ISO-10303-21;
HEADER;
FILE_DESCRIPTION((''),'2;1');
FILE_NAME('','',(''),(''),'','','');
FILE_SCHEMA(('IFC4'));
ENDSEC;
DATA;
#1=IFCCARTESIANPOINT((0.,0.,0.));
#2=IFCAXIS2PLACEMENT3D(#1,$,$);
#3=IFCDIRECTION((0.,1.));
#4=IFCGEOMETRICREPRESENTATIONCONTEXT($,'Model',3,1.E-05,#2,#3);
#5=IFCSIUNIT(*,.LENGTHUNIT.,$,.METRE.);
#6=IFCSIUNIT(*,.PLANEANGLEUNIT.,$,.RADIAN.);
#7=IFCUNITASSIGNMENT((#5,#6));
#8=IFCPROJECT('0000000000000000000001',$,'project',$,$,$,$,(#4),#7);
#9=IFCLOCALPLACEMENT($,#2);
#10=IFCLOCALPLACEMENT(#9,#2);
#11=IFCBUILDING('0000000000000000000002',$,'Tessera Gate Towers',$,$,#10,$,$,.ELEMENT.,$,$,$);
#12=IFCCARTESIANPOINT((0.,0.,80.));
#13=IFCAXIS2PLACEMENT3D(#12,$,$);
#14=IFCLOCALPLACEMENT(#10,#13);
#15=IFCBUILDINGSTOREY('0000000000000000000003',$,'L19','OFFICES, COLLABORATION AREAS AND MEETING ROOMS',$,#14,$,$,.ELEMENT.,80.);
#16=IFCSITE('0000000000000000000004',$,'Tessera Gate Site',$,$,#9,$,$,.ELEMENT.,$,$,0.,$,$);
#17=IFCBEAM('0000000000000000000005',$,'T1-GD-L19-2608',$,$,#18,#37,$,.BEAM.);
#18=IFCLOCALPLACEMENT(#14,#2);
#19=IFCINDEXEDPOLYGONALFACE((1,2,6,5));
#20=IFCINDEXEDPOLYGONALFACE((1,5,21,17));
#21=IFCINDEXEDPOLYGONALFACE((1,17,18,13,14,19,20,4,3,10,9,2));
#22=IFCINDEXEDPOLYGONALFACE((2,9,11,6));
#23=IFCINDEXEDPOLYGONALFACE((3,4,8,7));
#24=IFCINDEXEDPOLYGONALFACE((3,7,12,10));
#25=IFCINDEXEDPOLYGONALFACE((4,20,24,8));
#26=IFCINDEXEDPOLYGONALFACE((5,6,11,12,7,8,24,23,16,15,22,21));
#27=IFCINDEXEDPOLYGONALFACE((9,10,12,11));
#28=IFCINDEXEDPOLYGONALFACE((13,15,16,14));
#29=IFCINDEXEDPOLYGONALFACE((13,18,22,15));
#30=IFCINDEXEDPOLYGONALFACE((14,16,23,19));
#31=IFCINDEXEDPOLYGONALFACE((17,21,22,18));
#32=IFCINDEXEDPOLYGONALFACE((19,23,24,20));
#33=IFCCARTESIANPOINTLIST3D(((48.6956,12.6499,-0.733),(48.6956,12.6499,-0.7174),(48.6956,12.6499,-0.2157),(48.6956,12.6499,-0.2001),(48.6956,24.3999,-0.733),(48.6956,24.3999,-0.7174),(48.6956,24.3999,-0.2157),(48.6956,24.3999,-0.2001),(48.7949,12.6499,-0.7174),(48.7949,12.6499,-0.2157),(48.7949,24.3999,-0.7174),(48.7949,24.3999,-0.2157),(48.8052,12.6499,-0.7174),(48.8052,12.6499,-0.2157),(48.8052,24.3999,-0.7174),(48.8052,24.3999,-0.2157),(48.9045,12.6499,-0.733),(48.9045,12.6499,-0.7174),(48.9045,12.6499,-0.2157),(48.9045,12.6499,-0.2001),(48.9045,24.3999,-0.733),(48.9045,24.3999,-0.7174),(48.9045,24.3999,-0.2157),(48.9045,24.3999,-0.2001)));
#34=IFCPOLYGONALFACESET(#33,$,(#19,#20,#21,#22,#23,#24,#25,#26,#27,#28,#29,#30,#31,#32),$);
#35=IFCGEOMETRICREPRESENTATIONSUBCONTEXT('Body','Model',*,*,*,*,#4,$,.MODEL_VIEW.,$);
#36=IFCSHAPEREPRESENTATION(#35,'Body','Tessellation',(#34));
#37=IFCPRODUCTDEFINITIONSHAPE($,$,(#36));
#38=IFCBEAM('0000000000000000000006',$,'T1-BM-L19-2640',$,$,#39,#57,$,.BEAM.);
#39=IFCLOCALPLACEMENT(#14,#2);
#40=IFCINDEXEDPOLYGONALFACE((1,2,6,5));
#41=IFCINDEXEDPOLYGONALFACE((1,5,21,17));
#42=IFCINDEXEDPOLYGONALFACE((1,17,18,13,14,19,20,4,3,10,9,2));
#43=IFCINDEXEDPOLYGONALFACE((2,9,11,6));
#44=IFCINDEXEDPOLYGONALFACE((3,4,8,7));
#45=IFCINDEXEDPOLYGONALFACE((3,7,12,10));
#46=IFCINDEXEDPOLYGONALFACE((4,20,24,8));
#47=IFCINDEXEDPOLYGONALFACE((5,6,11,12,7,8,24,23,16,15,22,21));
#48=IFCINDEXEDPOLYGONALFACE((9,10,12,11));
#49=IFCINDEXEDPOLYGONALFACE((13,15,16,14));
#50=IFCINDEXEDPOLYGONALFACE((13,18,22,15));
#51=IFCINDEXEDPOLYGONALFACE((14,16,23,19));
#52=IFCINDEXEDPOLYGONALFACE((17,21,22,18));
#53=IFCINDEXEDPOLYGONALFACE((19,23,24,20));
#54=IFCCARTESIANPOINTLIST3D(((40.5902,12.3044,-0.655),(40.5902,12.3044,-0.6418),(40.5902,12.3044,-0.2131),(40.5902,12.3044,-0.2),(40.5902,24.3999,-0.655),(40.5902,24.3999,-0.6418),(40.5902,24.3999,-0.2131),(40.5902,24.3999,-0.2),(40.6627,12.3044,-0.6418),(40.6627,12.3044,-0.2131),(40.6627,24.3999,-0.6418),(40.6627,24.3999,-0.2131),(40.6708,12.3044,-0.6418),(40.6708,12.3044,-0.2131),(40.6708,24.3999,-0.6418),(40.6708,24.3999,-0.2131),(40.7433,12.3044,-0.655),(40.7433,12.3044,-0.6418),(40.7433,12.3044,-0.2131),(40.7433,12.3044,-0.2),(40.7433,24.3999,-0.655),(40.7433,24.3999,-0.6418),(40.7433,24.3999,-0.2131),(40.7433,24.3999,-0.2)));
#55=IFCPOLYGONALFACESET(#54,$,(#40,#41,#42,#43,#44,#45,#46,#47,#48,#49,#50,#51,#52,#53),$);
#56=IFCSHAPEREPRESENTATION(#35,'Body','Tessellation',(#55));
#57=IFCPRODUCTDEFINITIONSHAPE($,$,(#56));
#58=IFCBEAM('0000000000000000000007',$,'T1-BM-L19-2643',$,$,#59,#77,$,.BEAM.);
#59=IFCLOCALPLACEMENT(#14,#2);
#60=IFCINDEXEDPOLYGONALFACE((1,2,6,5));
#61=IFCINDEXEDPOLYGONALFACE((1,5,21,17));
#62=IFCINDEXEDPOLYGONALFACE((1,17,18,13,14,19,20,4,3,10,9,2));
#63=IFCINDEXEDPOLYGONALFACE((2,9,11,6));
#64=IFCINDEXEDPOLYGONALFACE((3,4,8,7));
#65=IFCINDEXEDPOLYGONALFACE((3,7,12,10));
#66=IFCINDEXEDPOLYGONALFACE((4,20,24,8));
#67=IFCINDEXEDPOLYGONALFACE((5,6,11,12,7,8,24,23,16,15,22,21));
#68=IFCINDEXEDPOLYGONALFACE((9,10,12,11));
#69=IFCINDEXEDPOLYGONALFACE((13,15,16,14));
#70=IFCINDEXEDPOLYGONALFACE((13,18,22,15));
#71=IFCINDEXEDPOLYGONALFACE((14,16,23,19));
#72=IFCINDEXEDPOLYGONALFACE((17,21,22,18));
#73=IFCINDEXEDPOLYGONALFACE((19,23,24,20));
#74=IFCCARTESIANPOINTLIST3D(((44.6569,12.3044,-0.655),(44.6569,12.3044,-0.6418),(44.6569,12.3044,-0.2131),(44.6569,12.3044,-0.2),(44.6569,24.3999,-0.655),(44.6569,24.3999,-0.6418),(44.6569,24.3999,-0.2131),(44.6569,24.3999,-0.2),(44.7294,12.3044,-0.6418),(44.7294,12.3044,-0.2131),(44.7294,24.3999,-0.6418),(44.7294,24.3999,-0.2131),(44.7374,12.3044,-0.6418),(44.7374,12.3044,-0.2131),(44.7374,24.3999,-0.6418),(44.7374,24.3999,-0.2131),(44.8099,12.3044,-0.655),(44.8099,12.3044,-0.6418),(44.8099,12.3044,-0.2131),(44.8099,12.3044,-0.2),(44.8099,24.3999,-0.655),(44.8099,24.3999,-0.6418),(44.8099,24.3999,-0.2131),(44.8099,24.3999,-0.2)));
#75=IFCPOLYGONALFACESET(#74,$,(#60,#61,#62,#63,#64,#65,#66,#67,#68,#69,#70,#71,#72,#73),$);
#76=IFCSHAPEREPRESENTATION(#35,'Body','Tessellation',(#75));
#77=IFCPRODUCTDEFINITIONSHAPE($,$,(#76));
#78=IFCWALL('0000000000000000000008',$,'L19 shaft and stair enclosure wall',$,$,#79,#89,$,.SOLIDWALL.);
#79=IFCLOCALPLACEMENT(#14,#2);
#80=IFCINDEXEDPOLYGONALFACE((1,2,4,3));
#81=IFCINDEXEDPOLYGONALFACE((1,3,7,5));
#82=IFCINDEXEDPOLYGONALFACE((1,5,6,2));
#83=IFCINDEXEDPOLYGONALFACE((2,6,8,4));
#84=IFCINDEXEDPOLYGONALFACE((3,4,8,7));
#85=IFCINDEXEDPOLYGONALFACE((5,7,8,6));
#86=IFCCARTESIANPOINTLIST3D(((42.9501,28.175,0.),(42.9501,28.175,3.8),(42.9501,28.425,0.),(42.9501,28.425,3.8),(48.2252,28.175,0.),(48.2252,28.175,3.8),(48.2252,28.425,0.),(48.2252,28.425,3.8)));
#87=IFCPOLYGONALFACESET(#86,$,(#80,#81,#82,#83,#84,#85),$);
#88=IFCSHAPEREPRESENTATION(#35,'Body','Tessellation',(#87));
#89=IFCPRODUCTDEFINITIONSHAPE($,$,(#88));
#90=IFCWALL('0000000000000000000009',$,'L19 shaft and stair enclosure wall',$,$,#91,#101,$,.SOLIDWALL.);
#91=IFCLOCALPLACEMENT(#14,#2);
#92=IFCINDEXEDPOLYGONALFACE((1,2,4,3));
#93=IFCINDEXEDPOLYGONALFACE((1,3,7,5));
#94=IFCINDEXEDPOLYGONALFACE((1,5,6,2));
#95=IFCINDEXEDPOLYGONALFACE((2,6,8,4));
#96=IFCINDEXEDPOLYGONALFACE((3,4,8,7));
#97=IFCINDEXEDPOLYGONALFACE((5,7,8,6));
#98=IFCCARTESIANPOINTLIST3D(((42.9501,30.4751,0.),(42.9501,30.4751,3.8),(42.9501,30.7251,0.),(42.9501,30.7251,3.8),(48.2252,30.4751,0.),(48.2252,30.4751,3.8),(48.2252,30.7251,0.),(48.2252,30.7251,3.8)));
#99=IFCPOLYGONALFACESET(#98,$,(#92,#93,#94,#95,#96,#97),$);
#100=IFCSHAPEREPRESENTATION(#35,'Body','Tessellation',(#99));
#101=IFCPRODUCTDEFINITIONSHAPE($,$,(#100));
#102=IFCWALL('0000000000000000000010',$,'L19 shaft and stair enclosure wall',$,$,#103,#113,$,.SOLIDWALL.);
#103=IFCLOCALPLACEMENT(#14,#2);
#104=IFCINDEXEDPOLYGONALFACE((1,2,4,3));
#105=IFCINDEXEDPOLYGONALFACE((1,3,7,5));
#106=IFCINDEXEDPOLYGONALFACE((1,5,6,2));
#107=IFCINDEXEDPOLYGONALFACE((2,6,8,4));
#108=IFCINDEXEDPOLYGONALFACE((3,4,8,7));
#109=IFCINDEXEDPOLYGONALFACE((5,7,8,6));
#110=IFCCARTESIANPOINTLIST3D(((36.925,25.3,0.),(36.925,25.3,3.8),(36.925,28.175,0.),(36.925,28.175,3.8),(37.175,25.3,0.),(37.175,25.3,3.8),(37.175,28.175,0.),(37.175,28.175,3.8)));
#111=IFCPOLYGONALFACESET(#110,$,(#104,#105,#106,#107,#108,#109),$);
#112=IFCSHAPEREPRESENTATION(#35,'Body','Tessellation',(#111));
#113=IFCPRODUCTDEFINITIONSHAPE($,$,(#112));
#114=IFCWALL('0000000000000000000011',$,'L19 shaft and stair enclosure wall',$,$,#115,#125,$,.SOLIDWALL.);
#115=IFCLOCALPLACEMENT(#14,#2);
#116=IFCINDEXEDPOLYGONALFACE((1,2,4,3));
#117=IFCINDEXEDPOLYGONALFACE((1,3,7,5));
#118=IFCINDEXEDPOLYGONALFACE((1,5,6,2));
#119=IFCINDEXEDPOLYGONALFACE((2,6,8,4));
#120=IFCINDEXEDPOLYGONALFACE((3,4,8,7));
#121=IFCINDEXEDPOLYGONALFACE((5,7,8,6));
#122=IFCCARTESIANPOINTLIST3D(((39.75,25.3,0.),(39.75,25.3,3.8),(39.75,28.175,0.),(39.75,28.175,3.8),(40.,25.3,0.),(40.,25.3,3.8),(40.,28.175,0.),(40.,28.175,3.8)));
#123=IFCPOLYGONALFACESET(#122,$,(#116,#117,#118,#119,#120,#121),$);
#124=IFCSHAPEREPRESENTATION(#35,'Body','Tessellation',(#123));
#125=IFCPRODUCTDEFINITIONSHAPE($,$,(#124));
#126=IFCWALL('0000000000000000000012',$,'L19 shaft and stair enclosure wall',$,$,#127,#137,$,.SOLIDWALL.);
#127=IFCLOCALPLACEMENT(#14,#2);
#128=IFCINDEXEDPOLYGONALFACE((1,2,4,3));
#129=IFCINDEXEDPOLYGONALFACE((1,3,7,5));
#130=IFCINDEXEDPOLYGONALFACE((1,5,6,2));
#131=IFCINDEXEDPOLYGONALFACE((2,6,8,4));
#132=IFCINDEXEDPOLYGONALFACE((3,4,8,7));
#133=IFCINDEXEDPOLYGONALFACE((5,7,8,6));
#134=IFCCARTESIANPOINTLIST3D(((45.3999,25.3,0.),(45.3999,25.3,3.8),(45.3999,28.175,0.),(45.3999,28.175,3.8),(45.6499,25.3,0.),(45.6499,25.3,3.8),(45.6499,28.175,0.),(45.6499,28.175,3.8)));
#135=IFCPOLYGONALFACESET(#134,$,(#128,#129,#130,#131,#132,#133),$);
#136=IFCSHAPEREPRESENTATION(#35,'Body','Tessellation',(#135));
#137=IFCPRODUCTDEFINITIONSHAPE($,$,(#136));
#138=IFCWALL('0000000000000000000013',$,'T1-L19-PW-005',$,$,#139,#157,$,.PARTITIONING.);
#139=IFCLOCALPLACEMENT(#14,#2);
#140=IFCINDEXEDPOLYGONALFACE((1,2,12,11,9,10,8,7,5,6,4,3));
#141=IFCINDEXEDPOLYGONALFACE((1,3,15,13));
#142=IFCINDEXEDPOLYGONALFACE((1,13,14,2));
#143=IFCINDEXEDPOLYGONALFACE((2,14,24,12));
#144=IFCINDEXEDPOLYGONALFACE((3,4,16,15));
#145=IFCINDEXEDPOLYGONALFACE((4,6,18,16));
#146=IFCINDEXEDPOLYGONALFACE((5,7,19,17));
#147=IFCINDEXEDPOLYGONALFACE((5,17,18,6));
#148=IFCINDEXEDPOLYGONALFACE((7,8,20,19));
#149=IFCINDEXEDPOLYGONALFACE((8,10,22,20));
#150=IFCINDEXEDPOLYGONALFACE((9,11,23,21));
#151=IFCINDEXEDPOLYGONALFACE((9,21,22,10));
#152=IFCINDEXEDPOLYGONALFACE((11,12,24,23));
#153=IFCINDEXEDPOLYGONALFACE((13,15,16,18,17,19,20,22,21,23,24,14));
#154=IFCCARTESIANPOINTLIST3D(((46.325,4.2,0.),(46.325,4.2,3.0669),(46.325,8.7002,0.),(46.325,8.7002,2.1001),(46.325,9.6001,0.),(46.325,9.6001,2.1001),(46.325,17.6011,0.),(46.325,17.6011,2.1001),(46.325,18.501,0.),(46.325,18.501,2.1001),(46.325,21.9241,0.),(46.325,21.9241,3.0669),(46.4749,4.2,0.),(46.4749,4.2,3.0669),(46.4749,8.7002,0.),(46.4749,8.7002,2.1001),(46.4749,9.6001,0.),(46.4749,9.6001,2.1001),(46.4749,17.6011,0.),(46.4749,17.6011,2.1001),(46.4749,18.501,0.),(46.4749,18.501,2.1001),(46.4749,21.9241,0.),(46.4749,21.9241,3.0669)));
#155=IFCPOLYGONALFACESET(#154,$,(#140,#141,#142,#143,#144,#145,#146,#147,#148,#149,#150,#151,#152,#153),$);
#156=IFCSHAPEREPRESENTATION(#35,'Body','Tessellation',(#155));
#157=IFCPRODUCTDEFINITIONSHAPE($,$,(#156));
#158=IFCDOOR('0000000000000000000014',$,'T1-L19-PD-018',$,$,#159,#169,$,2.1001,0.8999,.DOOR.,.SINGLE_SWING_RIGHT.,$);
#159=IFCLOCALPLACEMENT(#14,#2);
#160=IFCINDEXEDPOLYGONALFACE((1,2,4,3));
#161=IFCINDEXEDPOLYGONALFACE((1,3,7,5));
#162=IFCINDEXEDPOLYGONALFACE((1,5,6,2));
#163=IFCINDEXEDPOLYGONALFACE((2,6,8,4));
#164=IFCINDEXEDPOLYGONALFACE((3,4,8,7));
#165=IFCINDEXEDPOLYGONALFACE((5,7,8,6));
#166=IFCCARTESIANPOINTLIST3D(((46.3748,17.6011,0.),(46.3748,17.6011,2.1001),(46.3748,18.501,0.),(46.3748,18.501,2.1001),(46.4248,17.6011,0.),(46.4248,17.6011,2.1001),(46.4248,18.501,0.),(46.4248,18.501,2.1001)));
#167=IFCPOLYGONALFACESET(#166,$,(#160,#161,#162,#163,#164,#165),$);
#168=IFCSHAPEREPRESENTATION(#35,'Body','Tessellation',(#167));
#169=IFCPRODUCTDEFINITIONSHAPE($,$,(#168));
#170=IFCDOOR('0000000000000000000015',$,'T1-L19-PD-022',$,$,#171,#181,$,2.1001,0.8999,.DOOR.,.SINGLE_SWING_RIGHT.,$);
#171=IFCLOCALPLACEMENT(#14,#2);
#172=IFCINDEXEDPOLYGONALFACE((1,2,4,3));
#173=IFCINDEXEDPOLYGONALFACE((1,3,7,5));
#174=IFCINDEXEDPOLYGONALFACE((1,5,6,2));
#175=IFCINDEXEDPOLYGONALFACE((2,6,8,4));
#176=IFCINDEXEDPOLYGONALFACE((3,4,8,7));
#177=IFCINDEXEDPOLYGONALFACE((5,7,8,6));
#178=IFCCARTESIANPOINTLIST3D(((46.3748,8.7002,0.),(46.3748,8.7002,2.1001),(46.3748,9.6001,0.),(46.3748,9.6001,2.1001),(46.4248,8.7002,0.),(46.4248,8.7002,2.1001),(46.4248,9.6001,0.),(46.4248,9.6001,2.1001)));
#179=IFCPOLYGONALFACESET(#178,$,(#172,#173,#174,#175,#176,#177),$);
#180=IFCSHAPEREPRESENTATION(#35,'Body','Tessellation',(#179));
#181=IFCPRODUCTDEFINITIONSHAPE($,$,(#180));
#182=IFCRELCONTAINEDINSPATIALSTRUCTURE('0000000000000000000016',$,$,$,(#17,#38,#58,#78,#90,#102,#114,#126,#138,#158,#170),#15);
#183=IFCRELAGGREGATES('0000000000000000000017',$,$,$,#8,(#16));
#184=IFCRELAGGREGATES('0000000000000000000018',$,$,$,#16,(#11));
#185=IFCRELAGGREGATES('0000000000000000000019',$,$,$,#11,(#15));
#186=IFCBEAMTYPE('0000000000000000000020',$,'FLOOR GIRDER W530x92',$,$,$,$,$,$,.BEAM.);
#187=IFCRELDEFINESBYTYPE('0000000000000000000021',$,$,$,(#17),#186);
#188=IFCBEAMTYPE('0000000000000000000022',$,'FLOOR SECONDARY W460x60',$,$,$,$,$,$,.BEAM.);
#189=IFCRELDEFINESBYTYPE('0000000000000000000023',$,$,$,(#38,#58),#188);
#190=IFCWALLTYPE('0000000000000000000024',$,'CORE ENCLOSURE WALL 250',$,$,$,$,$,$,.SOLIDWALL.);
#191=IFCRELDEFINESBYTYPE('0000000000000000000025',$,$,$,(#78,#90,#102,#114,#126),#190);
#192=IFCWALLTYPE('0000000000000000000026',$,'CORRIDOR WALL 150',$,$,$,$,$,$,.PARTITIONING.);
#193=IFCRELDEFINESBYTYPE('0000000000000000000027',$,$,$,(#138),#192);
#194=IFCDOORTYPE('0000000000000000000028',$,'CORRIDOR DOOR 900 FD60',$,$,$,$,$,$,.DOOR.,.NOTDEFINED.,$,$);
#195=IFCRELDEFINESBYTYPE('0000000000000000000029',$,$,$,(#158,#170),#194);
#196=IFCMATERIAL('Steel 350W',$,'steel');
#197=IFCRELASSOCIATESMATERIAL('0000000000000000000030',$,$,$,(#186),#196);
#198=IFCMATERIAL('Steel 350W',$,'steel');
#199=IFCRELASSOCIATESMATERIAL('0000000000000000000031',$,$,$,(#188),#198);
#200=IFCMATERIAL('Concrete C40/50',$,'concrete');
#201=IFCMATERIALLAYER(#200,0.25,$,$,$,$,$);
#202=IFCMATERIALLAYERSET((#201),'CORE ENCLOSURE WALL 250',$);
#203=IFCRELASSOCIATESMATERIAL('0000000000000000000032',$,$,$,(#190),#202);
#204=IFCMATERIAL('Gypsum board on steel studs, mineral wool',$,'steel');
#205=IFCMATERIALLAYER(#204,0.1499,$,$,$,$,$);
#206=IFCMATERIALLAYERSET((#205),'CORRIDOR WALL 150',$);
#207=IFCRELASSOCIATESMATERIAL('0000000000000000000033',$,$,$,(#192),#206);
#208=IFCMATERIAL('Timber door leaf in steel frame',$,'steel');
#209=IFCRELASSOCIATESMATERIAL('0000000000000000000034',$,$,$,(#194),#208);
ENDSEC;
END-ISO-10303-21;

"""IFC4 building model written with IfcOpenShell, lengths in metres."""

from ifc_helpers import new_model, si_unit, direction, frame, frame_2d, origin, origin_2d, place, context, subcontext, project, spatial, rectangle, i_section, extrude, source, transform, mapped, material, layer, layer_set, material_profile, profile_set, type_object, element, fill, save


model = new_model("IFC4")

# Units and contexts
model_context = context("Model", 3, precision=1e-05, world=origin(), true_north=direction((0.0, 1.0)))
body_context = subcontext(model_context, "Body", "Model", "MODEL_VIEW")
ifc_project = project(units=[si_unit("LENGTHUNIT", "METRE"), si_unit("PLANEANGLEUNIT", "RADIAN")], contexts=[model_context])

# Site, building, storey
site_placement = place(None, origin())
site = spatial("IfcSite", under=ifc_project, at=site_placement, Name="Tessera Gate Site", CompositionType="ELEMENT", RefElevation=0.0)
building_placement = place(site_placement, origin())
building = spatial("IfcBuilding", under=site, at=building_placement, Name="Tessera Gate Towers", CompositionType="ELEMENT")
storey_placement = place(building_placement, frame((0.0, 0.0, 80.0)))
storey = spatial("IfcBuildingStorey", under=building, at=storey_placement, Name="L19", Description="OFFICES, COLLABORATION AREAS AND MEETING ROOMS", CompositionType="ELEMENT", Elevation=80.0)

# Beams
ifc_material_1 = material(Name="Steel 350W", Category="steel")
ifc_material_profile_1 = material_profile(ifc_material_1, i_section(OverallWidth=0.209, OverallDepth=0.533, WebThickness=0.0103, FlangeThickness=0.0156, at=origin_2d()), Name="W530x92")
ifc_profile_set_1 = profile_set([ifc_material_profile_1], Name="Steel 350W")
beam_type_1 = type_object("IfcBeamType", Name="FLOOR GIRDER W530x92", PredefinedType="BEAM", material=ifc_profile_set_1)
beam_placement = place(storey_placement, frame((48.8, 12.6499, -0.4666), z_axis=(0.0, 1.0, 0.0), x_axis=(-1.0, 0.0, 0.0)))
element("IfcBeam", 1, at=beam_placement, inside=storey, type_object=beam_type_1, Name="T1-GD-L19-2608", PredefinedType="BEAM", context=body_context, shape_type="SweptSolid", body=[
    extrude(i_section(OverallWidth=0.209, OverallDepth=0.533, WebThickness=0.0103, FlangeThickness=0.0156, at=origin_2d()), origin(), (0.0, 0.0, 1.0), 11.75),
])
ifc_material_2 = material(Name="Steel 350W", Category="steel")
ifc_material_profile_2 = material_profile(ifc_material_2, i_section(OverallWidth=0.1531, OverallDepth=0.4551, WebThickness=0.0081, FlangeThickness=0.0132, at=origin_2d()), Name="W460x60")
ifc_profile_set_2 = profile_set([ifc_material_profile_2], Name="Steel 350W")
beam_type_2 = type_object("IfcBeamType", Name="FLOOR SECONDARY W460x60", PredefinedType="BEAM", material=ifc_profile_set_2)
for number, where, z_axis, x_axis, name in (
    (2, (40.6667, 12.3044, -0.4275), (0.0, 1.0, 0.0), (-1.0, 0.0, 0.0), "T1-BM-L19-2640"),
    (3, (44.7334, 12.3044, -0.4275), (0.0, 1.0, 0.0), (-1.0, 0.0, 0.0), "T1-BM-L19-2643"),
):
    element("IfcBeam", number, at=place(storey_placement, frame(where, z_axis=z_axis, x_axis=x_axis)), inside=storey, type_object=beam_type_2, Name=name, PredefinedType="BEAM", context=body_context, shape_type="SweptSolid", body=[
        extrude(i_section(OverallWidth=0.1531, OverallDepth=0.4551, WebThickness=0.0081, FlangeThickness=0.0132, at=origin_2d()), origin(), (0.0, 0.0, 1.0), 12.0955),
    ])

# Walls
ifc_material_3 = material(Name="Concrete C40/50", Category="concrete")
ifc_layer_1 = layer(ifc_material_3, 0.25)
ifc_layer_set_1 = layer_set([ifc_layer_1], Name="CORE ENCLOSURE WALL 250")
wall_type_1 = type_object("IfcWallType", Name="CORE ENCLOSURE WALL 250", PredefinedType="SOLIDWALL", material=ifc_layer_set_1)
for number, where, z_axis, x_axis, name in (
    (4, (42.95, 28.3, 0.0), (0.0, 0.0, 1.0), (1.0, 0.0, 0.0), "L19 shaft and stair enclosure wall"),
    (5, (42.95, 30.6001, 0.0), (0.0, 0.0, 1.0), (1.0, 0.0, 0.0), "L19 shaft and stair enclosure wall"),
):
    element("IfcWall", number, at=place(storey_placement, frame(where, z_axis=z_axis, x_axis=x_axis)), inside=storey, type_object=wall_type_1, Name=name, PredefinedType="SOLIDWALL", context=body_context, shape_type="SweptSolid", body=[
        extrude(rectangle(XDim=5.2751, YDim=0.25, at=frame_2d((2.6377, 0.0))), origin(), (0.0, 0.0, 1.0), 3.8),
    ])
for number, where, z_axis, x_axis, name in (
    (6, (37.05, 25.3, 0.0), (0.0, 0.0, 1.0), (0.0, 1.0, 0.0), "L19 shaft and stair enclosure wall"),
    (7, (39.875, 25.3, 0.0), (0.0, 0.0, 1.0), (0.0, 1.0, 0.0), "L19 shaft and stair enclosure wall"),
    (8, (45.5249, 25.3, 0.0), (0.0, 0.0, 1.0), (0.0, 1.0, 0.0), "L19 shaft and stair enclosure wall"),
):
    element("IfcWall", number, at=place(storey_placement, frame(where, z_axis=z_axis, x_axis=x_axis)), inside=storey, type_object=wall_type_1, Name=name, PredefinedType="SOLIDWALL", context=body_context, shape_type="SweptSolid", body=[
        extrude(rectangle(XDim=2.875, YDim=0.25, at=frame_2d((1.4375, 0.0))), origin(), (0.0, 0.0, 1.0), 3.8),
    ])

# Wall, openings, doors
ifc_material_4 = material(Name="Gypsum board on steel studs, mineral wool", Category="steel")
ifc_layer_2 = layer(ifc_material_4, 0.1499)
ifc_layer_set_2 = layer_set([ifc_layer_2], Name="CORRIDOR WALL 150")
wall_type_2 = type_object("IfcWallType", Name="CORRIDOR WALL 150", PredefinedType="PARTITIONING", material=ifc_layer_set_2)
wall_1_placement = place(storey_placement, frame((46.3999, 21.9241, 0.0), z_axis=(0.0, 0.0, 1.0), x_axis=(0.0, -1.0, 0.0)))
wall_1 = element("IfcWall", 9, at=wall_1_placement, inside=storey, type_object=wall_type_2, Name="T1-L19-PW-005", PredefinedType="PARTITIONING", context=body_context, shape_type="SweptSolid", body=[
    extrude(rectangle(XDim=17.7241, YDim=0.1499, at=frame_2d((8.8621, 0.0))), origin(), (0.0, 0.0, 1.0), 3.0669),
])
shared_shape_1 = source(origin(), body_context, "Body", "SweptSolid", [
    extrude(rectangle(XDim=0.8999, YDim=2.1001, at=frame_2d((0.45, 1.05))), frame((0.0, 0.085, 0.0), z_axis=(0.0, -1.0, 0.0), x_axis=(1.0, 0.0, 0.0)), (0.0, 0.0, 1.0), 0.1699),
])
opening_1_placement = place(wall_1_placement, frame((3.4231, 0.0, 0.0)))
opening_1 = element("IfcOpeningElement", 10, at=opening_1_placement, cuts=wall_1, PredefinedType="OPENING", context=body_context, shape_type="MappedRepresentation", body=[
    mapped(shared_shape_1, transform((0.0, 0.0, 0.0), scale=1.0)),
])
opening_2_placement = place(wall_1_placement, frame((12.324, 0.0, 0.0)))
opening_2 = element("IfcOpeningElement", 11, at=opening_2_placement, cuts=wall_1, PredefinedType="OPENING", context=body_context, shape_type="MappedRepresentation", body=[
    mapped(shared_shape_1, transform((0.0, 0.0, 0.0), scale=1.0)),
])
ifc_material_5 = material(Name="Timber door leaf in steel frame", Category="steel")
door_type = type_object("IfcDoorType", Name="CORRIDOR DOOR 900 FD60", OperationType="NOTDEFINED", PredefinedType="DOOR", material=ifc_material_5)
shared_shape_2 = source(origin(), body_context, "Body", "SweptSolid", [
    extrude(rectangle(XDim=0.8999, YDim=2.1001, at=frame_2d((0.45, 1.05))), frame((0.0, 0.0249, 0.0), z_axis=(0.0, -1.0, 0.0), x_axis=(1.0, 0.0, 0.0)), (0.0, 0.0, 1.0), 0.05),
])
door_1_placement = place(opening_1_placement, origin())
door_1 = element("IfcDoor", 12, at=door_1_placement, inside=storey, type_object=door_type, Name="T1-L19-PD-018", OperationType="SINGLE_SWING_RIGHT", OverallHeight=2.1001, OverallWidth=0.8999, PredefinedType="DOOR", context=body_context, shape_type="MappedRepresentation", body=[
    mapped(shared_shape_2, transform((0.0, 0.0, 0.0), scale=1.0)),
])
fill(opening_1, door_1)
door_2_placement = place(opening_2_placement, origin())
door_2 = element("IfcDoor", 13, at=door_2_placement, inside=storey, type_object=door_type, Name="T1-L19-PD-022", OperationType="SINGLE_SWING_RIGHT", OverallHeight=2.1001, OverallWidth=0.8999, PredefinedType="DOOR", context=body_context, shape_type="MappedRepresentation", body=[
    mapped(shared_shape_2, transform((0.0, 0.0, 0.0), scale=1.0)),
])
fill(opening_2, door_2)

save(model, "model.ifc")
